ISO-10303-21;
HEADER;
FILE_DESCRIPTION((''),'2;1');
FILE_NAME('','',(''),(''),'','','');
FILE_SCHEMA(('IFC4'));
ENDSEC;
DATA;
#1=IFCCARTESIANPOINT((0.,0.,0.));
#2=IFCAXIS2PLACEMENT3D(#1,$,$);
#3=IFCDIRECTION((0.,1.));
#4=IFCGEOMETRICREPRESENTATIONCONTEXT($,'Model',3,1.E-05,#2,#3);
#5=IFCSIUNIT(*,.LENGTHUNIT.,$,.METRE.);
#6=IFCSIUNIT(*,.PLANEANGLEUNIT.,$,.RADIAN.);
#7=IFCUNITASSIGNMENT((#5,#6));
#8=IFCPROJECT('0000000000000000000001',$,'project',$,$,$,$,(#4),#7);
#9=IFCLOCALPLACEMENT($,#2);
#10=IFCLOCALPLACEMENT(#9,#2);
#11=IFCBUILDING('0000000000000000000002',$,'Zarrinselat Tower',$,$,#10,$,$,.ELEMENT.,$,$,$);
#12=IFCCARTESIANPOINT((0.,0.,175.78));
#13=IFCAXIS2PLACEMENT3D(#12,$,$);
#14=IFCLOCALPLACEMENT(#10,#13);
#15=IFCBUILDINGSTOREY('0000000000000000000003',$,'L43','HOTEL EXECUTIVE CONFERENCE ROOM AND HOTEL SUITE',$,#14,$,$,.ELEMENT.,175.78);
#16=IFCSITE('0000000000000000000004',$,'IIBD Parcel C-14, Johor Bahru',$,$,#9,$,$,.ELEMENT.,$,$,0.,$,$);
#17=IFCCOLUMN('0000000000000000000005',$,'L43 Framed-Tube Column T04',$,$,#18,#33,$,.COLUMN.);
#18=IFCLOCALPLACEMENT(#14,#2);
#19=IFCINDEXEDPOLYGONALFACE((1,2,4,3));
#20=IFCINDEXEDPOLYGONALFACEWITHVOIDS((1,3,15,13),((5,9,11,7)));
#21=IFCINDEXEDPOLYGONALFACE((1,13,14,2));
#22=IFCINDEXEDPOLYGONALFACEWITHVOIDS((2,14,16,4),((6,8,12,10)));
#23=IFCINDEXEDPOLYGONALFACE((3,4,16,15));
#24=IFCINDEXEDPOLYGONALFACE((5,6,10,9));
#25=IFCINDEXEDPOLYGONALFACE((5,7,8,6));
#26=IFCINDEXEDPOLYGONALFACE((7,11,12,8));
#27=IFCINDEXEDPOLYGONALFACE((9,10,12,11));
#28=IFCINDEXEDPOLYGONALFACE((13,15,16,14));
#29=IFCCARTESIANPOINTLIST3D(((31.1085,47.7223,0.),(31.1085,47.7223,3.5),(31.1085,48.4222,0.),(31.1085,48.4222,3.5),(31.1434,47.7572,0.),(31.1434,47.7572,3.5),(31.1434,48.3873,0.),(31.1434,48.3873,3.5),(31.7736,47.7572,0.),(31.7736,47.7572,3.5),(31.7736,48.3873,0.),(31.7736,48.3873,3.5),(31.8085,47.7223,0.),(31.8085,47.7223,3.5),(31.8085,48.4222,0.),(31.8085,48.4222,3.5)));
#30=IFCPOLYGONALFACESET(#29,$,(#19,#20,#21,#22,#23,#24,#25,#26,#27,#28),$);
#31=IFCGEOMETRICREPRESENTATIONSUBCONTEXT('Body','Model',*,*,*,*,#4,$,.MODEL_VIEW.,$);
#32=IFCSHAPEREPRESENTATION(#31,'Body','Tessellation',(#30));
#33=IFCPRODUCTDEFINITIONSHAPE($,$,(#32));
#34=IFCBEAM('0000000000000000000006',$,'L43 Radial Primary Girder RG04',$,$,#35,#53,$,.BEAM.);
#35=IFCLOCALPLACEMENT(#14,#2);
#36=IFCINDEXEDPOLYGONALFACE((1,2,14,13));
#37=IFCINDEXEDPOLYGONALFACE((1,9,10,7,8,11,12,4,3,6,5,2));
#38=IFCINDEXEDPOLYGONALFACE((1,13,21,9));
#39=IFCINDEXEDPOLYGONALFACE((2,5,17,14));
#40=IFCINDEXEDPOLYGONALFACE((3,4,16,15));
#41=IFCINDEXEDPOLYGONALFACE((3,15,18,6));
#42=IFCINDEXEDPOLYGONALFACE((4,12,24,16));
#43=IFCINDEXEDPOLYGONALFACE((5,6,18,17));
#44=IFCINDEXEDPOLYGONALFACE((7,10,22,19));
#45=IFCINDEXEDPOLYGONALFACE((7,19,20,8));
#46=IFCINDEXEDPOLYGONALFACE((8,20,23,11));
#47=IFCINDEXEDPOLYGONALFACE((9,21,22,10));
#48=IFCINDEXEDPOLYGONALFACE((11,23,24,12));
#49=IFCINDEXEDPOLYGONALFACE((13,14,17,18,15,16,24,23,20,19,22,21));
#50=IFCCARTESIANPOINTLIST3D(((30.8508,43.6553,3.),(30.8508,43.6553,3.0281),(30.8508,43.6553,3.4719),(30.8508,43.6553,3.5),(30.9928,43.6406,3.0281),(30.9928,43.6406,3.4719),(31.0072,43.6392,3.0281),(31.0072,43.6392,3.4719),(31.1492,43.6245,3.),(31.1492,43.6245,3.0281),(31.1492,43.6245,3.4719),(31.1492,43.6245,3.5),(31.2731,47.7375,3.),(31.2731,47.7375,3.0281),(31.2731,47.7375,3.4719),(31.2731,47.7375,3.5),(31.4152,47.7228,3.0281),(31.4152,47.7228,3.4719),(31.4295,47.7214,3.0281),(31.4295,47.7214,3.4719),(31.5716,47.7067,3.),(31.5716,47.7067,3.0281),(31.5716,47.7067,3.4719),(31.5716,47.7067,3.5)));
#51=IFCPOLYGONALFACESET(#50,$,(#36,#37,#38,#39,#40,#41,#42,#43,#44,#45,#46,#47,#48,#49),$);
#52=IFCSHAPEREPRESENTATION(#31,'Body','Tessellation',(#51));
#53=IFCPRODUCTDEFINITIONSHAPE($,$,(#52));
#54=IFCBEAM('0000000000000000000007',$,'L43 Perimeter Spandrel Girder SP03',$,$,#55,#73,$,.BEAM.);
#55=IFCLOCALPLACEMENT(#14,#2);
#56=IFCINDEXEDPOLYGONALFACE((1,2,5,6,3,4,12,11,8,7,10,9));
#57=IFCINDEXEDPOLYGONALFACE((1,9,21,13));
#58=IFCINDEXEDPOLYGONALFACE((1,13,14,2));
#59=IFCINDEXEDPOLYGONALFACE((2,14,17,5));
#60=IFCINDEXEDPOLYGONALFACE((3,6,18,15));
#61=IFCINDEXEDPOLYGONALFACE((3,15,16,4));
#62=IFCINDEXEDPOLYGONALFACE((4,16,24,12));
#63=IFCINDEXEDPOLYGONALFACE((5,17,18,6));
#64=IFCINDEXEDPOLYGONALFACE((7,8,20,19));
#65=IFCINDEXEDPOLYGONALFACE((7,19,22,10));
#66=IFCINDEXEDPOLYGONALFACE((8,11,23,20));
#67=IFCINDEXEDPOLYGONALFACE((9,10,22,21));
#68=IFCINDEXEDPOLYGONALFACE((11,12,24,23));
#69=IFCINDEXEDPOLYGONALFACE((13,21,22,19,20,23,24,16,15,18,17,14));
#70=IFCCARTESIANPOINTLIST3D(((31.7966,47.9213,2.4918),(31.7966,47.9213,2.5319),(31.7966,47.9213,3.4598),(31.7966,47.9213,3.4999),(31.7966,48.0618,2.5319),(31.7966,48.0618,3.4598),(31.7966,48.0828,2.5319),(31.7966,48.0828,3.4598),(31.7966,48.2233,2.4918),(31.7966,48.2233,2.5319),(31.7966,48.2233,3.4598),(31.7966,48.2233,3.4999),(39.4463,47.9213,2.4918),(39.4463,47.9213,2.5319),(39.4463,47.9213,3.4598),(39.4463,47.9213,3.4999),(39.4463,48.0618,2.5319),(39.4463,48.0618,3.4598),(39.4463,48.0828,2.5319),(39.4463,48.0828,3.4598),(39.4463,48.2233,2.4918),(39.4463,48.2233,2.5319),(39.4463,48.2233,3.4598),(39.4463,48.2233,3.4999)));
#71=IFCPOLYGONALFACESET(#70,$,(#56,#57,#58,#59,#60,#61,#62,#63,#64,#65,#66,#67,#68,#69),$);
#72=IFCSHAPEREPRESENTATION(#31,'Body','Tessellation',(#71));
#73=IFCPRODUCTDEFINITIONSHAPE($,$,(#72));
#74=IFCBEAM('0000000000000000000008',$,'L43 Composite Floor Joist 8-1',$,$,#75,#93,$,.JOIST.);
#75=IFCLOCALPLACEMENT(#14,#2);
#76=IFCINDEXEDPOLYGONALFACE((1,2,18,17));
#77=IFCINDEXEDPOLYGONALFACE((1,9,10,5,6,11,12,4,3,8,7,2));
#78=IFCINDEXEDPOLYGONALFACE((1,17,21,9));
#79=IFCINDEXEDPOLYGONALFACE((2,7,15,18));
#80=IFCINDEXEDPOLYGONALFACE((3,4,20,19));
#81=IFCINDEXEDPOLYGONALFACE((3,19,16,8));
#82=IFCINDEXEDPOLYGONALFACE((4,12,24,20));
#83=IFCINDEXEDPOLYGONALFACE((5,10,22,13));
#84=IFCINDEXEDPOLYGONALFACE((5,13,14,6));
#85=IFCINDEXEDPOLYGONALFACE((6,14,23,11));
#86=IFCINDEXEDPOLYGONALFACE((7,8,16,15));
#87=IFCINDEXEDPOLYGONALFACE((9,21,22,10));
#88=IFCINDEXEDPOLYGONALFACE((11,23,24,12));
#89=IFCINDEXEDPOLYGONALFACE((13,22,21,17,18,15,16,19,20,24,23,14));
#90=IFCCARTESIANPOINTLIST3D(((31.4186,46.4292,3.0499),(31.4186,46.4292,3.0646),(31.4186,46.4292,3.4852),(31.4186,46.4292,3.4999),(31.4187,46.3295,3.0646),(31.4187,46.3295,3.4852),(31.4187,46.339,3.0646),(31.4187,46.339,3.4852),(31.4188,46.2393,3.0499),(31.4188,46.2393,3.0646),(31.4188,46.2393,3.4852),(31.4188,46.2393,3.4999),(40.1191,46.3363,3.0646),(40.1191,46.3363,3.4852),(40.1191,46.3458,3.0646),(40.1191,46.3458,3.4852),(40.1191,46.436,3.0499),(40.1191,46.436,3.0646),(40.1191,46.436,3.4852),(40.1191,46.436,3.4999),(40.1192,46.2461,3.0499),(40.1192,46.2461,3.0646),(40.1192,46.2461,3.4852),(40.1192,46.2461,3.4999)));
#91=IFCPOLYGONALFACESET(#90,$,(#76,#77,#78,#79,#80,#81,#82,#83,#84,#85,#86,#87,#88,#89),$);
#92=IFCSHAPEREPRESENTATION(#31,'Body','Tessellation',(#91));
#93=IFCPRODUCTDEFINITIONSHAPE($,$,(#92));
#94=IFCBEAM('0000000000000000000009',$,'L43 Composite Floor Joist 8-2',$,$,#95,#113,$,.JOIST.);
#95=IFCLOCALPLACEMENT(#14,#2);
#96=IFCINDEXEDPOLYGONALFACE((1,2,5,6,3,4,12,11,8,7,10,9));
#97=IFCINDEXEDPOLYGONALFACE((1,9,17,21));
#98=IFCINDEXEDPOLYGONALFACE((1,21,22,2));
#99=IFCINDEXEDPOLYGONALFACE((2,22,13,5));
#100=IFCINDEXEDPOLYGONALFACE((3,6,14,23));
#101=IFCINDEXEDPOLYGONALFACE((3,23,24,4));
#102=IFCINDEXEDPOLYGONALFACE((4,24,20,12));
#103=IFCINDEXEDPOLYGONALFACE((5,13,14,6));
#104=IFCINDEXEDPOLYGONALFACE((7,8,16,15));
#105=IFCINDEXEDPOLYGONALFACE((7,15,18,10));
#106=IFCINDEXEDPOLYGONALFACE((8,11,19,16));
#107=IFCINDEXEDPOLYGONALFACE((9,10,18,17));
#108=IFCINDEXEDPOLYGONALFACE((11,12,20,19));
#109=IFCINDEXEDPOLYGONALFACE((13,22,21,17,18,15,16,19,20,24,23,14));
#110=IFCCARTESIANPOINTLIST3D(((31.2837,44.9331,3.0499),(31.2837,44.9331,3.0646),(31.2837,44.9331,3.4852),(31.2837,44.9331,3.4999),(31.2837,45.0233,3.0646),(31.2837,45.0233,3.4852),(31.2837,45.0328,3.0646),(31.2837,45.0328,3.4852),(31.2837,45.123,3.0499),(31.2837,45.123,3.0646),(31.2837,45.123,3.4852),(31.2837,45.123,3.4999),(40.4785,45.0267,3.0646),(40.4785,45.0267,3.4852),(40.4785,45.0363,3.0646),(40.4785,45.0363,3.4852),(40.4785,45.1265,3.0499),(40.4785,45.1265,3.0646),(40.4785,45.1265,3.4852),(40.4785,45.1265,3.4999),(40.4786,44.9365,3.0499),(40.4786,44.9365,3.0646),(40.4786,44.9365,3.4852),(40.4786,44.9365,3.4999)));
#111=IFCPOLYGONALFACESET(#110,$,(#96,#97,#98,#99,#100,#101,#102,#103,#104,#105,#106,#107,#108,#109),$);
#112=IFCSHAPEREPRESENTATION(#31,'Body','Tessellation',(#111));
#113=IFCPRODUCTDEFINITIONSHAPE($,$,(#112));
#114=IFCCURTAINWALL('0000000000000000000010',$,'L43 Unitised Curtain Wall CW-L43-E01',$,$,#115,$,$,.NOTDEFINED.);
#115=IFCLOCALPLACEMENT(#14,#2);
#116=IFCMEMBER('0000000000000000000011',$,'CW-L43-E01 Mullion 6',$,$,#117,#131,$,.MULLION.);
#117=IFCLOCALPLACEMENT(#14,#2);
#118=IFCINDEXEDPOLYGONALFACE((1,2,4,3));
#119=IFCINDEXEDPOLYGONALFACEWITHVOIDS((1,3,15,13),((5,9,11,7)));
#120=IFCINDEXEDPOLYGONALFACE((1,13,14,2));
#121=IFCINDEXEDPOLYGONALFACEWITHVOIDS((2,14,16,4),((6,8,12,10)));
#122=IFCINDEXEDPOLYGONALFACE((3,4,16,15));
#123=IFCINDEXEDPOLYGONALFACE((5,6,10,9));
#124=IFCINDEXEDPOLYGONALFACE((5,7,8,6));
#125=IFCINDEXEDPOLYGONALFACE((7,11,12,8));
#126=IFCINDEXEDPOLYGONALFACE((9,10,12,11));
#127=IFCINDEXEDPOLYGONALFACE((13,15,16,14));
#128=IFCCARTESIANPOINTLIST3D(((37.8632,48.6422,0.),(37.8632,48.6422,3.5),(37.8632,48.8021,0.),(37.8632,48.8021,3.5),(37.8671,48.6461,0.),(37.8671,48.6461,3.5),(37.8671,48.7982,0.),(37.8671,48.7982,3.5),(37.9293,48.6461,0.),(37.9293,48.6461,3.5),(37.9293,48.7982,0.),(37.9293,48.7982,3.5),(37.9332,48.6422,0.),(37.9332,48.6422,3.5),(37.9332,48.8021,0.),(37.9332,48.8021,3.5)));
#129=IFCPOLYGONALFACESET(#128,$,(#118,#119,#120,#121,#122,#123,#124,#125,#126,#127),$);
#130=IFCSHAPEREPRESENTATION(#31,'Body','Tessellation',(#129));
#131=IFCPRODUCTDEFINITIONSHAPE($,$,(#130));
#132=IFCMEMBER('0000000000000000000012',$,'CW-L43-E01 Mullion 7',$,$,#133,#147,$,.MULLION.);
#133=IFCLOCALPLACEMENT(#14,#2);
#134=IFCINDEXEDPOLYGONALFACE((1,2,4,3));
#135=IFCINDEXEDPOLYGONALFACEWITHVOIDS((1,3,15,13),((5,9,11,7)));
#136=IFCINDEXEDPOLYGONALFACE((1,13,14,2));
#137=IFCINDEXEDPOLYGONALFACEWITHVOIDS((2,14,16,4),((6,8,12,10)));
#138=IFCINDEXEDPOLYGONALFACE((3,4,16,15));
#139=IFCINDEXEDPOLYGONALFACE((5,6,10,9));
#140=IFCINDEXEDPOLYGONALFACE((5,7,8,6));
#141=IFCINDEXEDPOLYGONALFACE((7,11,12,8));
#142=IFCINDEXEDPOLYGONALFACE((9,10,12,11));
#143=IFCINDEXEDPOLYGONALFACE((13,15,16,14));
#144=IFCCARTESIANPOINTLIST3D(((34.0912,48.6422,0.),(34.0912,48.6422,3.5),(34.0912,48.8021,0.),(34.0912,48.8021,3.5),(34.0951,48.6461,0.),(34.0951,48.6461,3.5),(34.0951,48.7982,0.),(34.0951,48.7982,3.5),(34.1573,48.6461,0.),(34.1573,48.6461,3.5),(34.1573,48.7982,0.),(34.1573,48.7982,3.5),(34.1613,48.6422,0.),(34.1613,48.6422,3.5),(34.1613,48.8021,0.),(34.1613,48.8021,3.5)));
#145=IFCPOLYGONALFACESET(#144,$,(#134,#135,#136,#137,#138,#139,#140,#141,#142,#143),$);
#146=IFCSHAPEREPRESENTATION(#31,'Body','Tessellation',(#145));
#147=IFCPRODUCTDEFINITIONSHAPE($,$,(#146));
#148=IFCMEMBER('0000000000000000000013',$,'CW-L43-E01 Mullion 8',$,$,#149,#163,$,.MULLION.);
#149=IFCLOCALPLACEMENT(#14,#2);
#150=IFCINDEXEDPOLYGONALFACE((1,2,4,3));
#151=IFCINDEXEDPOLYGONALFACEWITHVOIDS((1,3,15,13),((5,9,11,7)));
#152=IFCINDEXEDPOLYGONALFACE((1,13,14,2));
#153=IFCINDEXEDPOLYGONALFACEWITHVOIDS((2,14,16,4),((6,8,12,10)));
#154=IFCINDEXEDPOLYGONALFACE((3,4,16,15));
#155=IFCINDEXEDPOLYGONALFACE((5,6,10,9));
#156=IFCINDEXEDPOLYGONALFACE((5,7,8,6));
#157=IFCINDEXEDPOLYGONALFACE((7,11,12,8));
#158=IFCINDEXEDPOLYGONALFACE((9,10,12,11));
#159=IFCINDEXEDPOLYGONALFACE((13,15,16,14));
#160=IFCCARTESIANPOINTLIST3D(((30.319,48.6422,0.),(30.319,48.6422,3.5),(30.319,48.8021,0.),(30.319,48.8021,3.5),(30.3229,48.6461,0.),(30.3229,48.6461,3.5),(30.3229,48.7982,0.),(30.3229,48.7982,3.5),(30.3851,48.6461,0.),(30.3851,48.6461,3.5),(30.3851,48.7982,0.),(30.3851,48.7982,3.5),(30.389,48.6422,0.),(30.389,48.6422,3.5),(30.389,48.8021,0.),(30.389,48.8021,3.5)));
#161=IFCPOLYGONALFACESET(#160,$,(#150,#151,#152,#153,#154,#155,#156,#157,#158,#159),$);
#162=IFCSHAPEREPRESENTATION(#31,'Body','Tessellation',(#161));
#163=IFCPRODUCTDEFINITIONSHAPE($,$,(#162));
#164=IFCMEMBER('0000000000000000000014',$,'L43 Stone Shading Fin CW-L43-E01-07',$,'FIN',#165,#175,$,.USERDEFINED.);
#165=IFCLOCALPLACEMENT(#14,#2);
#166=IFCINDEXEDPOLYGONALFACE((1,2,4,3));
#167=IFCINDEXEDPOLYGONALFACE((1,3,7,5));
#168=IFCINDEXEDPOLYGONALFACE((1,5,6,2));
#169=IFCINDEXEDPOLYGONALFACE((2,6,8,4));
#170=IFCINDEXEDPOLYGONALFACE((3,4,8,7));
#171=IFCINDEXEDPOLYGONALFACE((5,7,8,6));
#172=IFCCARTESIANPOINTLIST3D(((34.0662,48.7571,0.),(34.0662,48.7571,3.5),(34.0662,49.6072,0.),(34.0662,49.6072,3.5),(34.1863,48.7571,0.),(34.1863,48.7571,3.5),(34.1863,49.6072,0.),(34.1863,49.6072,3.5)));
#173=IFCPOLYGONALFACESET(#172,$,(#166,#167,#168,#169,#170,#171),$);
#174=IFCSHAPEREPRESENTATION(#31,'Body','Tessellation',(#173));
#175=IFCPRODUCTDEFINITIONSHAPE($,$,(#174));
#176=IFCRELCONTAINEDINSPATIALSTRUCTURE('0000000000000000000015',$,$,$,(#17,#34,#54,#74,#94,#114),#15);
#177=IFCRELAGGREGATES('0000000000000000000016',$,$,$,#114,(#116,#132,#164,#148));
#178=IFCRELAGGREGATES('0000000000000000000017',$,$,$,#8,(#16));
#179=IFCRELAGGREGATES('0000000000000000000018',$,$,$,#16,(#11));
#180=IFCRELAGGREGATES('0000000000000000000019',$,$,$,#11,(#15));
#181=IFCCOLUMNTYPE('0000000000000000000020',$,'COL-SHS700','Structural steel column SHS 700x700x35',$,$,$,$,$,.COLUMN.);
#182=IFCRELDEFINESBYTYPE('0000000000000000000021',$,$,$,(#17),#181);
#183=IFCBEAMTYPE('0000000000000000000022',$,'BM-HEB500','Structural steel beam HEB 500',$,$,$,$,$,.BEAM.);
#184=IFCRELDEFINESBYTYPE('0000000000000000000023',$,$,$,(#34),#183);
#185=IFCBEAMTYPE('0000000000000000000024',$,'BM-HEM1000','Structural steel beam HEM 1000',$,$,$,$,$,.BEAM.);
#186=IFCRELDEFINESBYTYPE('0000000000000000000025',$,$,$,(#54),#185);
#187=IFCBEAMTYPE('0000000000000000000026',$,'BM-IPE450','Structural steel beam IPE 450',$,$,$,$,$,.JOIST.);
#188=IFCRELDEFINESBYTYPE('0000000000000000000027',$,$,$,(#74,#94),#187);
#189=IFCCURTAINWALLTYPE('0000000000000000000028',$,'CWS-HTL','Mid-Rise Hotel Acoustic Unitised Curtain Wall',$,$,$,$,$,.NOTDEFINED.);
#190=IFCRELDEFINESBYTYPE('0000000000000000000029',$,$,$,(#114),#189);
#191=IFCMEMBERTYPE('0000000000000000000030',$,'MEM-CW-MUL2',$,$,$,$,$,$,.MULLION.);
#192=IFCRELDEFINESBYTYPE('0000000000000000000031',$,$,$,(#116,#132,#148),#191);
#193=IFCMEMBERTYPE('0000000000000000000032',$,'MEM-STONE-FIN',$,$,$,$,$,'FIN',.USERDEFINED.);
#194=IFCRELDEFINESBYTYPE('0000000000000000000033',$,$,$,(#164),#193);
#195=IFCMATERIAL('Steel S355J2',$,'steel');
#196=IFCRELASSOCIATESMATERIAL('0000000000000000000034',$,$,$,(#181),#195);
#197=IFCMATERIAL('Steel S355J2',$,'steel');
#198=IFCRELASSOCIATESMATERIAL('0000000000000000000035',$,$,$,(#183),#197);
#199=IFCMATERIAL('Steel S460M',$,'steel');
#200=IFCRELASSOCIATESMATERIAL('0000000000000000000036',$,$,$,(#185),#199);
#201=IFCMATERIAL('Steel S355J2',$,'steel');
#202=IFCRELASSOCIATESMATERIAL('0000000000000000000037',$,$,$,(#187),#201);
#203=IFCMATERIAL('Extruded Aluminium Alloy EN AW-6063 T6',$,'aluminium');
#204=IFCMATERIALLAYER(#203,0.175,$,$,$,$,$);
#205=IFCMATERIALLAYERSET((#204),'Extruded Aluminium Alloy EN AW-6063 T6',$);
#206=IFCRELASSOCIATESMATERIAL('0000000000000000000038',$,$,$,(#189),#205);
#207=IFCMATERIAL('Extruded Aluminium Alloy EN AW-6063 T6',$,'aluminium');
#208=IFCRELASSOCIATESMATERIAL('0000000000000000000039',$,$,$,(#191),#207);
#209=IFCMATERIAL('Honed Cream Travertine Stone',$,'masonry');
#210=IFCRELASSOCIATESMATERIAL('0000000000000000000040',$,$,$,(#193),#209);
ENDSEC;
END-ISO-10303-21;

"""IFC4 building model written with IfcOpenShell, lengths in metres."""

from ifc_helpers import new_model, si_unit, direction, frame, origin, origin_2d, place, context, subcontext, project, spatial, rectangle, hollow_rectangle, i_section, extrude, material, layer, layer_set, material_profile, profile_set, type_object, element, aggregate, save


model = new_model("IFC4")

# Units and contexts
model_context = context("Model", 3, precision=1e-05, world=origin(), true_north=direction((0.0, 1.0)))
body_context = subcontext(model_context, "Body", "Model", "MODEL_VIEW")
ifc_project = project(units=[si_unit("LENGTHUNIT", "METRE"), si_unit("PLANEANGLEUNIT", "RADIAN")], contexts=[model_context])

# Site, building, storey
site_placement = place(None, origin())
site = spatial("IfcSite", under=ifc_project, at=site_placement, Name="IIBD Parcel C-14, Johor Bahru", CompositionType="ELEMENT", RefElevation=0.0)
building_placement = place(site_placement, origin())
building = spatial("IfcBuilding", under=site, at=building_placement, Name="Zarrinselat Tower", CompositionType="ELEMENT")
storey_placement = place(building_placement, frame((0.0, 0.0, 175.78)))
storey = spatial("IfcBuildingStorey", under=building, at=storey_placement, Name="L43", Description="HOTEL EXECUTIVE CONFERENCE ROOM AND HOTEL SUITE", CompositionType="ELEMENT", Elevation=175.78)

# Column
ifc_material_1 = material(Name="Steel S355J2", Category="steel")
ifc_material_profile_1 = material_profile(ifc_material_1, hollow_rectangle(XDim=0.7, YDim=0.7, WallThickness=0.0349, at=origin_2d()), Name="SHS 700x700x35")
ifc_profile_set_1 = profile_set([ifc_material_profile_1], Name="Steel S355J2")
column_type = type_object("IfcColumnType", Name="COL-SHS700", Description="Structural steel column SHS 700x700x35", PredefinedType="COLUMN", material=ifc_profile_set_1)
column_placement = place(storey_placement, frame((31.4585, 48.0723, 0.0), z_axis=(0.0, 0.0, 1.0), x_axis=(1.0, 0.0, 0.0)))
element("IfcColumn", 1, at=column_placement, inside=storey, type_object=column_type, Name="L43 Framed-Tube Column T04", PredefinedType="COLUMN", context=body_context, shape_type="SweptSolid", body=[
    extrude(hollow_rectangle(XDim=0.7, YDim=0.7, WallThickness=0.0349, at=origin_2d()), origin(), (0.0, 0.0, 1.0), 3.5),
])

# Beams
ifc_material_2 = material(Name="Steel S355J2", Category="steel")
ifc_material_profile_2 = material_profile(ifc_material_2, i_section(OverallWidth=0.3, OverallDepth=0.5, WebThickness=0.0144, FlangeThickness=0.0281, at=origin_2d()), Name="HEB 500")
ifc_profile_set_2 = profile_set([ifc_material_profile_2], Name="Steel S355J2")
beam_type_1 = type_object("IfcBeamType", Name="BM-HEB500", Description="Structural steel beam HEB 500", PredefinedType="BEAM", material=ifc_profile_set_2)
beam_1_placement = place(storey_placement, frame((31.0, 43.6399, 3.25), z_axis=(0.102913, 0.99469, 0.0), x_axis=(-0.99469, 0.102913, 0.0)))
element("IfcBeam", 2, at=beam_1_placement, inside=storey, type_object=beam_type_1, Name="L43 Radial Primary Girder RG04", PredefinedType="BEAM", context=body_context, shape_type="SweptSolid", body=[
    extrude(i_section(OverallWidth=0.3, OverallDepth=0.5, WebThickness=0.0144, FlangeThickness=0.0281, at=origin_2d()), origin(), (0.0, 0.0, 1.0), 4.104),
])
ifc_material_3 = material(Name="Steel S460M", Category="steel")
ifc_material_profile_3 = material_profile(ifc_material_3, i_section(OverallWidth=0.302, OverallDepth=1.0081, WebThickness=0.021, FlangeThickness=0.04, at=origin_2d()), Name="HEM 1000")
ifc_profile_set_3 = profile_set([ifc_material_profile_3], Name="Steel S460M")
beam_type_2 = type_object("IfcBeamType", Name="BM-HEM1000", Description="Structural steel beam HEM 1000", PredefinedType="BEAM", material=ifc_profile_set_3)
beam_2_placement = place(storey_placement, frame((31.7966, 48.0723, 2.9958), z_axis=(1.0, 0.0, 0.0), x_axis=(0.0, 1.0, 0.0)))
element("IfcBeam", 3, at=beam_2_placement, inside=storey, type_object=beam_type_2, Name="L43 Perimeter Spandrel Girder SP03", PredefinedType="BEAM", context=body_context, shape_type="SweptSolid", body=[
    extrude(i_section(OverallWidth=0.302, OverallDepth=1.0081, WebThickness=0.021, FlangeThickness=0.04, at=origin_2d()), origin(), (0.0, 0.0, 1.0), 7.6497),
])
ifc_material_4 = material(Name="Steel S355J2", Category="steel")
ifc_material_profile_4 = material_profile(ifc_material_4, i_section(OverallWidth=0.1899, OverallDepth=0.45, WebThickness=0.0095, FlangeThickness=0.0146, at=origin_2d()), Name="IPE 450")
ifc_profile_set_4 = profile_set([ifc_material_profile_4], Name="Steel S355J2")
beam_type_3 = type_object("IfcBeamType", Name="BM-IPE450", Description="Structural steel beam IPE 450", PredefinedType="JOIST", material=ifc_profile_set_4)
beam_3_placement = place(storey_placement, frame((31.4187, 46.3342, 3.2749), z_axis=(1.0, 0.000786, 0.0), x_axis=(-0.000786, 1.0, 0.0)))
element("IfcBeam", 4, at=beam_3_placement, inside=storey, type_object=beam_type_3, Name="L43 Composite Floor Joist 8-1", PredefinedType="JOIST", context=body_context, shape_type="SweptSolid", body=[
    extrude(i_section(OverallWidth=0.1899, OverallDepth=0.45, WebThickness=0.0095, FlangeThickness=0.0146, at=origin_2d()), origin(), (0.0, 0.0, 1.0), 8.7004),
])
beam_4_placement = place(storey_placement, frame((31.2837, 45.0281, 3.2749), z_axis=(1.0, 0.000372, 0.0), x_axis=(-0.000372, 1.0, 0.0)))
element("IfcBeam", 5, at=beam_4_placement, inside=storey, type_object=beam_type_3, Name="L43 Composite Floor Joist 8-2", PredefinedType="JOIST", context=body_context, shape_type="SweptSolid", body=[
    extrude(i_section(OverallWidth=0.1899, OverallDepth=0.45, WebThickness=0.0095, FlangeThickness=0.0146, at=origin_2d()), origin(), (0.0, 0.0, 1.0), 9.1948),
])

# Curtain wall, members
ifc_material_5 = material(Name="Extruded Aluminium Alloy EN AW-6063 T6", Category="aluminium")
ifc_layer_1 = layer(ifc_material_5, 0.175)
ifc_layer_set_1 = layer_set([ifc_layer_1], Name="Extruded Aluminium Alloy EN AW-6063 T6")
curtain_wall_type = type_object("IfcCurtainWallType", Name="CWS-HTL", Description="Mid-Rise Hotel Acoustic Unitised Curtain Wall", PredefinedType="NOTDEFINED", material=ifc_layer_set_1)
curtain_wall_placement = place(storey_placement, origin())
curtain_wall = element("IfcCurtainWall", 6, at=curtain_wall_placement, inside=storey, type_object=curtain_wall_type, Name="L43 Unitised Curtain Wall CW-L43-E01", PredefinedType="NOTDEFINED")
ifc_material_6 = material(Name="Extruded Aluminium Alloy EN AW-6063 T6", Category="aluminium")
ifc_material_profile_5 = material_profile(ifc_material_6, hollow_rectangle(XDim=0.0701, YDim=0.1599, WallThickness=0.0039, at=origin_2d()), Name="RHS 160x70x4")
ifc_profile_set_5 = profile_set([ifc_material_profile_5], Name="Extruded Aluminium Alloy EN AW-6063 T6")
member_type_1 = type_object("IfcMemberType", Name="MEM-CW-MUL2", PredefinedType="MULLION", material=ifc_profile_set_5)
member_1_placement = place(storey_placement, frame((37.8982, 48.7222, 0.0), z_axis=(0.0, 0.0, 1.0), x_axis=(-1.0, 0.0, 0.0)))
member_1 = element("IfcMember", 7, at=member_1_placement, type_object=member_type_1, Name="CW-L43-E01 Mullion 6", PredefinedType="MULLION", context=body_context, shape_type="SweptSolid", body=[
    extrude(hollow_rectangle(XDim=0.0701, YDim=0.1599, WallThickness=0.0039, at=origin_2d()), origin(), (0.0, 0.0, 1.0), 3.5),
])
member_2_placement = place(storey_placement, frame((34.1262, 48.7222, 0.0), z_axis=(0.0, 0.0, 1.0), x_axis=(-1.0, 0.0, 0.0)))
member_2 = element("IfcMember", 8, at=member_2_placement, type_object=member_type_1, Name="CW-L43-E01 Mullion 7", PredefinedType="MULLION", context=body_context, shape_type="SweptSolid", body=[
    extrude(hollow_rectangle(XDim=0.0701, YDim=0.1599, WallThickness=0.0039, at=origin_2d()), origin(), (0.0, 0.0, 1.0), 3.5),
])
member_3_placement = place(storey_placement, frame((30.354, 48.7222, 0.0), z_axis=(0.0, 0.0, 1.0), x_axis=(-1.0, 0.0, 0.0)))
member_3 = element("IfcMember", 9, at=member_3_placement, type_object=member_type_1, Name="CW-L43-E01 Mullion 8", PredefinedType="MULLION", context=body_context, shape_type="SweptSolid", body=[
    extrude(hollow_rectangle(XDim=0.0701, YDim=0.1599, WallThickness=0.0039, at=origin_2d()), origin(), (0.0, 0.0, 1.0), 3.5),
])
ifc_material_7 = material(Name="Honed Cream Travertine Stone", Category="masonry")
ifc_material_profile_6 = material_profile(ifc_material_7, rectangle(XDim=0.1201, YDim=0.8501, at=origin_2d()), Name="FIN 850x120")
ifc_profile_set_6 = profile_set([ifc_material_profile_6], Name="Honed Cream Travertine Stone")
member_type_2 = type_object("IfcMemberType", Name="MEM-STONE-FIN", ElementType="FIN", PredefinedType="USERDEFINED", material=ifc_profile_set_6)
member_4_placement = place(storey_placement, frame((34.1262, 49.1821, 0.0), z_axis=(0.0, 0.0, 1.0), x_axis=(1.0, 0.0, 0.0)))
member_4 = element("IfcMember", 10, at=member_4_placement, type_object=member_type_2, Name="L43 Stone Shading Fin CW-L43-E01-07", ObjectType="FIN", PredefinedType="USERDEFINED", context=body_context, shape_type="SweptSolid", body=[
    extrude(rectangle(XDim=0.1201, YDim=0.8501, at=origin_2d()), origin(), (0.0, 0.0, 1.0), 3.5),
])
aggregate(curtain_wall, [member_1, member_2, member_4, member_3])

save(model, "model.ifc")
